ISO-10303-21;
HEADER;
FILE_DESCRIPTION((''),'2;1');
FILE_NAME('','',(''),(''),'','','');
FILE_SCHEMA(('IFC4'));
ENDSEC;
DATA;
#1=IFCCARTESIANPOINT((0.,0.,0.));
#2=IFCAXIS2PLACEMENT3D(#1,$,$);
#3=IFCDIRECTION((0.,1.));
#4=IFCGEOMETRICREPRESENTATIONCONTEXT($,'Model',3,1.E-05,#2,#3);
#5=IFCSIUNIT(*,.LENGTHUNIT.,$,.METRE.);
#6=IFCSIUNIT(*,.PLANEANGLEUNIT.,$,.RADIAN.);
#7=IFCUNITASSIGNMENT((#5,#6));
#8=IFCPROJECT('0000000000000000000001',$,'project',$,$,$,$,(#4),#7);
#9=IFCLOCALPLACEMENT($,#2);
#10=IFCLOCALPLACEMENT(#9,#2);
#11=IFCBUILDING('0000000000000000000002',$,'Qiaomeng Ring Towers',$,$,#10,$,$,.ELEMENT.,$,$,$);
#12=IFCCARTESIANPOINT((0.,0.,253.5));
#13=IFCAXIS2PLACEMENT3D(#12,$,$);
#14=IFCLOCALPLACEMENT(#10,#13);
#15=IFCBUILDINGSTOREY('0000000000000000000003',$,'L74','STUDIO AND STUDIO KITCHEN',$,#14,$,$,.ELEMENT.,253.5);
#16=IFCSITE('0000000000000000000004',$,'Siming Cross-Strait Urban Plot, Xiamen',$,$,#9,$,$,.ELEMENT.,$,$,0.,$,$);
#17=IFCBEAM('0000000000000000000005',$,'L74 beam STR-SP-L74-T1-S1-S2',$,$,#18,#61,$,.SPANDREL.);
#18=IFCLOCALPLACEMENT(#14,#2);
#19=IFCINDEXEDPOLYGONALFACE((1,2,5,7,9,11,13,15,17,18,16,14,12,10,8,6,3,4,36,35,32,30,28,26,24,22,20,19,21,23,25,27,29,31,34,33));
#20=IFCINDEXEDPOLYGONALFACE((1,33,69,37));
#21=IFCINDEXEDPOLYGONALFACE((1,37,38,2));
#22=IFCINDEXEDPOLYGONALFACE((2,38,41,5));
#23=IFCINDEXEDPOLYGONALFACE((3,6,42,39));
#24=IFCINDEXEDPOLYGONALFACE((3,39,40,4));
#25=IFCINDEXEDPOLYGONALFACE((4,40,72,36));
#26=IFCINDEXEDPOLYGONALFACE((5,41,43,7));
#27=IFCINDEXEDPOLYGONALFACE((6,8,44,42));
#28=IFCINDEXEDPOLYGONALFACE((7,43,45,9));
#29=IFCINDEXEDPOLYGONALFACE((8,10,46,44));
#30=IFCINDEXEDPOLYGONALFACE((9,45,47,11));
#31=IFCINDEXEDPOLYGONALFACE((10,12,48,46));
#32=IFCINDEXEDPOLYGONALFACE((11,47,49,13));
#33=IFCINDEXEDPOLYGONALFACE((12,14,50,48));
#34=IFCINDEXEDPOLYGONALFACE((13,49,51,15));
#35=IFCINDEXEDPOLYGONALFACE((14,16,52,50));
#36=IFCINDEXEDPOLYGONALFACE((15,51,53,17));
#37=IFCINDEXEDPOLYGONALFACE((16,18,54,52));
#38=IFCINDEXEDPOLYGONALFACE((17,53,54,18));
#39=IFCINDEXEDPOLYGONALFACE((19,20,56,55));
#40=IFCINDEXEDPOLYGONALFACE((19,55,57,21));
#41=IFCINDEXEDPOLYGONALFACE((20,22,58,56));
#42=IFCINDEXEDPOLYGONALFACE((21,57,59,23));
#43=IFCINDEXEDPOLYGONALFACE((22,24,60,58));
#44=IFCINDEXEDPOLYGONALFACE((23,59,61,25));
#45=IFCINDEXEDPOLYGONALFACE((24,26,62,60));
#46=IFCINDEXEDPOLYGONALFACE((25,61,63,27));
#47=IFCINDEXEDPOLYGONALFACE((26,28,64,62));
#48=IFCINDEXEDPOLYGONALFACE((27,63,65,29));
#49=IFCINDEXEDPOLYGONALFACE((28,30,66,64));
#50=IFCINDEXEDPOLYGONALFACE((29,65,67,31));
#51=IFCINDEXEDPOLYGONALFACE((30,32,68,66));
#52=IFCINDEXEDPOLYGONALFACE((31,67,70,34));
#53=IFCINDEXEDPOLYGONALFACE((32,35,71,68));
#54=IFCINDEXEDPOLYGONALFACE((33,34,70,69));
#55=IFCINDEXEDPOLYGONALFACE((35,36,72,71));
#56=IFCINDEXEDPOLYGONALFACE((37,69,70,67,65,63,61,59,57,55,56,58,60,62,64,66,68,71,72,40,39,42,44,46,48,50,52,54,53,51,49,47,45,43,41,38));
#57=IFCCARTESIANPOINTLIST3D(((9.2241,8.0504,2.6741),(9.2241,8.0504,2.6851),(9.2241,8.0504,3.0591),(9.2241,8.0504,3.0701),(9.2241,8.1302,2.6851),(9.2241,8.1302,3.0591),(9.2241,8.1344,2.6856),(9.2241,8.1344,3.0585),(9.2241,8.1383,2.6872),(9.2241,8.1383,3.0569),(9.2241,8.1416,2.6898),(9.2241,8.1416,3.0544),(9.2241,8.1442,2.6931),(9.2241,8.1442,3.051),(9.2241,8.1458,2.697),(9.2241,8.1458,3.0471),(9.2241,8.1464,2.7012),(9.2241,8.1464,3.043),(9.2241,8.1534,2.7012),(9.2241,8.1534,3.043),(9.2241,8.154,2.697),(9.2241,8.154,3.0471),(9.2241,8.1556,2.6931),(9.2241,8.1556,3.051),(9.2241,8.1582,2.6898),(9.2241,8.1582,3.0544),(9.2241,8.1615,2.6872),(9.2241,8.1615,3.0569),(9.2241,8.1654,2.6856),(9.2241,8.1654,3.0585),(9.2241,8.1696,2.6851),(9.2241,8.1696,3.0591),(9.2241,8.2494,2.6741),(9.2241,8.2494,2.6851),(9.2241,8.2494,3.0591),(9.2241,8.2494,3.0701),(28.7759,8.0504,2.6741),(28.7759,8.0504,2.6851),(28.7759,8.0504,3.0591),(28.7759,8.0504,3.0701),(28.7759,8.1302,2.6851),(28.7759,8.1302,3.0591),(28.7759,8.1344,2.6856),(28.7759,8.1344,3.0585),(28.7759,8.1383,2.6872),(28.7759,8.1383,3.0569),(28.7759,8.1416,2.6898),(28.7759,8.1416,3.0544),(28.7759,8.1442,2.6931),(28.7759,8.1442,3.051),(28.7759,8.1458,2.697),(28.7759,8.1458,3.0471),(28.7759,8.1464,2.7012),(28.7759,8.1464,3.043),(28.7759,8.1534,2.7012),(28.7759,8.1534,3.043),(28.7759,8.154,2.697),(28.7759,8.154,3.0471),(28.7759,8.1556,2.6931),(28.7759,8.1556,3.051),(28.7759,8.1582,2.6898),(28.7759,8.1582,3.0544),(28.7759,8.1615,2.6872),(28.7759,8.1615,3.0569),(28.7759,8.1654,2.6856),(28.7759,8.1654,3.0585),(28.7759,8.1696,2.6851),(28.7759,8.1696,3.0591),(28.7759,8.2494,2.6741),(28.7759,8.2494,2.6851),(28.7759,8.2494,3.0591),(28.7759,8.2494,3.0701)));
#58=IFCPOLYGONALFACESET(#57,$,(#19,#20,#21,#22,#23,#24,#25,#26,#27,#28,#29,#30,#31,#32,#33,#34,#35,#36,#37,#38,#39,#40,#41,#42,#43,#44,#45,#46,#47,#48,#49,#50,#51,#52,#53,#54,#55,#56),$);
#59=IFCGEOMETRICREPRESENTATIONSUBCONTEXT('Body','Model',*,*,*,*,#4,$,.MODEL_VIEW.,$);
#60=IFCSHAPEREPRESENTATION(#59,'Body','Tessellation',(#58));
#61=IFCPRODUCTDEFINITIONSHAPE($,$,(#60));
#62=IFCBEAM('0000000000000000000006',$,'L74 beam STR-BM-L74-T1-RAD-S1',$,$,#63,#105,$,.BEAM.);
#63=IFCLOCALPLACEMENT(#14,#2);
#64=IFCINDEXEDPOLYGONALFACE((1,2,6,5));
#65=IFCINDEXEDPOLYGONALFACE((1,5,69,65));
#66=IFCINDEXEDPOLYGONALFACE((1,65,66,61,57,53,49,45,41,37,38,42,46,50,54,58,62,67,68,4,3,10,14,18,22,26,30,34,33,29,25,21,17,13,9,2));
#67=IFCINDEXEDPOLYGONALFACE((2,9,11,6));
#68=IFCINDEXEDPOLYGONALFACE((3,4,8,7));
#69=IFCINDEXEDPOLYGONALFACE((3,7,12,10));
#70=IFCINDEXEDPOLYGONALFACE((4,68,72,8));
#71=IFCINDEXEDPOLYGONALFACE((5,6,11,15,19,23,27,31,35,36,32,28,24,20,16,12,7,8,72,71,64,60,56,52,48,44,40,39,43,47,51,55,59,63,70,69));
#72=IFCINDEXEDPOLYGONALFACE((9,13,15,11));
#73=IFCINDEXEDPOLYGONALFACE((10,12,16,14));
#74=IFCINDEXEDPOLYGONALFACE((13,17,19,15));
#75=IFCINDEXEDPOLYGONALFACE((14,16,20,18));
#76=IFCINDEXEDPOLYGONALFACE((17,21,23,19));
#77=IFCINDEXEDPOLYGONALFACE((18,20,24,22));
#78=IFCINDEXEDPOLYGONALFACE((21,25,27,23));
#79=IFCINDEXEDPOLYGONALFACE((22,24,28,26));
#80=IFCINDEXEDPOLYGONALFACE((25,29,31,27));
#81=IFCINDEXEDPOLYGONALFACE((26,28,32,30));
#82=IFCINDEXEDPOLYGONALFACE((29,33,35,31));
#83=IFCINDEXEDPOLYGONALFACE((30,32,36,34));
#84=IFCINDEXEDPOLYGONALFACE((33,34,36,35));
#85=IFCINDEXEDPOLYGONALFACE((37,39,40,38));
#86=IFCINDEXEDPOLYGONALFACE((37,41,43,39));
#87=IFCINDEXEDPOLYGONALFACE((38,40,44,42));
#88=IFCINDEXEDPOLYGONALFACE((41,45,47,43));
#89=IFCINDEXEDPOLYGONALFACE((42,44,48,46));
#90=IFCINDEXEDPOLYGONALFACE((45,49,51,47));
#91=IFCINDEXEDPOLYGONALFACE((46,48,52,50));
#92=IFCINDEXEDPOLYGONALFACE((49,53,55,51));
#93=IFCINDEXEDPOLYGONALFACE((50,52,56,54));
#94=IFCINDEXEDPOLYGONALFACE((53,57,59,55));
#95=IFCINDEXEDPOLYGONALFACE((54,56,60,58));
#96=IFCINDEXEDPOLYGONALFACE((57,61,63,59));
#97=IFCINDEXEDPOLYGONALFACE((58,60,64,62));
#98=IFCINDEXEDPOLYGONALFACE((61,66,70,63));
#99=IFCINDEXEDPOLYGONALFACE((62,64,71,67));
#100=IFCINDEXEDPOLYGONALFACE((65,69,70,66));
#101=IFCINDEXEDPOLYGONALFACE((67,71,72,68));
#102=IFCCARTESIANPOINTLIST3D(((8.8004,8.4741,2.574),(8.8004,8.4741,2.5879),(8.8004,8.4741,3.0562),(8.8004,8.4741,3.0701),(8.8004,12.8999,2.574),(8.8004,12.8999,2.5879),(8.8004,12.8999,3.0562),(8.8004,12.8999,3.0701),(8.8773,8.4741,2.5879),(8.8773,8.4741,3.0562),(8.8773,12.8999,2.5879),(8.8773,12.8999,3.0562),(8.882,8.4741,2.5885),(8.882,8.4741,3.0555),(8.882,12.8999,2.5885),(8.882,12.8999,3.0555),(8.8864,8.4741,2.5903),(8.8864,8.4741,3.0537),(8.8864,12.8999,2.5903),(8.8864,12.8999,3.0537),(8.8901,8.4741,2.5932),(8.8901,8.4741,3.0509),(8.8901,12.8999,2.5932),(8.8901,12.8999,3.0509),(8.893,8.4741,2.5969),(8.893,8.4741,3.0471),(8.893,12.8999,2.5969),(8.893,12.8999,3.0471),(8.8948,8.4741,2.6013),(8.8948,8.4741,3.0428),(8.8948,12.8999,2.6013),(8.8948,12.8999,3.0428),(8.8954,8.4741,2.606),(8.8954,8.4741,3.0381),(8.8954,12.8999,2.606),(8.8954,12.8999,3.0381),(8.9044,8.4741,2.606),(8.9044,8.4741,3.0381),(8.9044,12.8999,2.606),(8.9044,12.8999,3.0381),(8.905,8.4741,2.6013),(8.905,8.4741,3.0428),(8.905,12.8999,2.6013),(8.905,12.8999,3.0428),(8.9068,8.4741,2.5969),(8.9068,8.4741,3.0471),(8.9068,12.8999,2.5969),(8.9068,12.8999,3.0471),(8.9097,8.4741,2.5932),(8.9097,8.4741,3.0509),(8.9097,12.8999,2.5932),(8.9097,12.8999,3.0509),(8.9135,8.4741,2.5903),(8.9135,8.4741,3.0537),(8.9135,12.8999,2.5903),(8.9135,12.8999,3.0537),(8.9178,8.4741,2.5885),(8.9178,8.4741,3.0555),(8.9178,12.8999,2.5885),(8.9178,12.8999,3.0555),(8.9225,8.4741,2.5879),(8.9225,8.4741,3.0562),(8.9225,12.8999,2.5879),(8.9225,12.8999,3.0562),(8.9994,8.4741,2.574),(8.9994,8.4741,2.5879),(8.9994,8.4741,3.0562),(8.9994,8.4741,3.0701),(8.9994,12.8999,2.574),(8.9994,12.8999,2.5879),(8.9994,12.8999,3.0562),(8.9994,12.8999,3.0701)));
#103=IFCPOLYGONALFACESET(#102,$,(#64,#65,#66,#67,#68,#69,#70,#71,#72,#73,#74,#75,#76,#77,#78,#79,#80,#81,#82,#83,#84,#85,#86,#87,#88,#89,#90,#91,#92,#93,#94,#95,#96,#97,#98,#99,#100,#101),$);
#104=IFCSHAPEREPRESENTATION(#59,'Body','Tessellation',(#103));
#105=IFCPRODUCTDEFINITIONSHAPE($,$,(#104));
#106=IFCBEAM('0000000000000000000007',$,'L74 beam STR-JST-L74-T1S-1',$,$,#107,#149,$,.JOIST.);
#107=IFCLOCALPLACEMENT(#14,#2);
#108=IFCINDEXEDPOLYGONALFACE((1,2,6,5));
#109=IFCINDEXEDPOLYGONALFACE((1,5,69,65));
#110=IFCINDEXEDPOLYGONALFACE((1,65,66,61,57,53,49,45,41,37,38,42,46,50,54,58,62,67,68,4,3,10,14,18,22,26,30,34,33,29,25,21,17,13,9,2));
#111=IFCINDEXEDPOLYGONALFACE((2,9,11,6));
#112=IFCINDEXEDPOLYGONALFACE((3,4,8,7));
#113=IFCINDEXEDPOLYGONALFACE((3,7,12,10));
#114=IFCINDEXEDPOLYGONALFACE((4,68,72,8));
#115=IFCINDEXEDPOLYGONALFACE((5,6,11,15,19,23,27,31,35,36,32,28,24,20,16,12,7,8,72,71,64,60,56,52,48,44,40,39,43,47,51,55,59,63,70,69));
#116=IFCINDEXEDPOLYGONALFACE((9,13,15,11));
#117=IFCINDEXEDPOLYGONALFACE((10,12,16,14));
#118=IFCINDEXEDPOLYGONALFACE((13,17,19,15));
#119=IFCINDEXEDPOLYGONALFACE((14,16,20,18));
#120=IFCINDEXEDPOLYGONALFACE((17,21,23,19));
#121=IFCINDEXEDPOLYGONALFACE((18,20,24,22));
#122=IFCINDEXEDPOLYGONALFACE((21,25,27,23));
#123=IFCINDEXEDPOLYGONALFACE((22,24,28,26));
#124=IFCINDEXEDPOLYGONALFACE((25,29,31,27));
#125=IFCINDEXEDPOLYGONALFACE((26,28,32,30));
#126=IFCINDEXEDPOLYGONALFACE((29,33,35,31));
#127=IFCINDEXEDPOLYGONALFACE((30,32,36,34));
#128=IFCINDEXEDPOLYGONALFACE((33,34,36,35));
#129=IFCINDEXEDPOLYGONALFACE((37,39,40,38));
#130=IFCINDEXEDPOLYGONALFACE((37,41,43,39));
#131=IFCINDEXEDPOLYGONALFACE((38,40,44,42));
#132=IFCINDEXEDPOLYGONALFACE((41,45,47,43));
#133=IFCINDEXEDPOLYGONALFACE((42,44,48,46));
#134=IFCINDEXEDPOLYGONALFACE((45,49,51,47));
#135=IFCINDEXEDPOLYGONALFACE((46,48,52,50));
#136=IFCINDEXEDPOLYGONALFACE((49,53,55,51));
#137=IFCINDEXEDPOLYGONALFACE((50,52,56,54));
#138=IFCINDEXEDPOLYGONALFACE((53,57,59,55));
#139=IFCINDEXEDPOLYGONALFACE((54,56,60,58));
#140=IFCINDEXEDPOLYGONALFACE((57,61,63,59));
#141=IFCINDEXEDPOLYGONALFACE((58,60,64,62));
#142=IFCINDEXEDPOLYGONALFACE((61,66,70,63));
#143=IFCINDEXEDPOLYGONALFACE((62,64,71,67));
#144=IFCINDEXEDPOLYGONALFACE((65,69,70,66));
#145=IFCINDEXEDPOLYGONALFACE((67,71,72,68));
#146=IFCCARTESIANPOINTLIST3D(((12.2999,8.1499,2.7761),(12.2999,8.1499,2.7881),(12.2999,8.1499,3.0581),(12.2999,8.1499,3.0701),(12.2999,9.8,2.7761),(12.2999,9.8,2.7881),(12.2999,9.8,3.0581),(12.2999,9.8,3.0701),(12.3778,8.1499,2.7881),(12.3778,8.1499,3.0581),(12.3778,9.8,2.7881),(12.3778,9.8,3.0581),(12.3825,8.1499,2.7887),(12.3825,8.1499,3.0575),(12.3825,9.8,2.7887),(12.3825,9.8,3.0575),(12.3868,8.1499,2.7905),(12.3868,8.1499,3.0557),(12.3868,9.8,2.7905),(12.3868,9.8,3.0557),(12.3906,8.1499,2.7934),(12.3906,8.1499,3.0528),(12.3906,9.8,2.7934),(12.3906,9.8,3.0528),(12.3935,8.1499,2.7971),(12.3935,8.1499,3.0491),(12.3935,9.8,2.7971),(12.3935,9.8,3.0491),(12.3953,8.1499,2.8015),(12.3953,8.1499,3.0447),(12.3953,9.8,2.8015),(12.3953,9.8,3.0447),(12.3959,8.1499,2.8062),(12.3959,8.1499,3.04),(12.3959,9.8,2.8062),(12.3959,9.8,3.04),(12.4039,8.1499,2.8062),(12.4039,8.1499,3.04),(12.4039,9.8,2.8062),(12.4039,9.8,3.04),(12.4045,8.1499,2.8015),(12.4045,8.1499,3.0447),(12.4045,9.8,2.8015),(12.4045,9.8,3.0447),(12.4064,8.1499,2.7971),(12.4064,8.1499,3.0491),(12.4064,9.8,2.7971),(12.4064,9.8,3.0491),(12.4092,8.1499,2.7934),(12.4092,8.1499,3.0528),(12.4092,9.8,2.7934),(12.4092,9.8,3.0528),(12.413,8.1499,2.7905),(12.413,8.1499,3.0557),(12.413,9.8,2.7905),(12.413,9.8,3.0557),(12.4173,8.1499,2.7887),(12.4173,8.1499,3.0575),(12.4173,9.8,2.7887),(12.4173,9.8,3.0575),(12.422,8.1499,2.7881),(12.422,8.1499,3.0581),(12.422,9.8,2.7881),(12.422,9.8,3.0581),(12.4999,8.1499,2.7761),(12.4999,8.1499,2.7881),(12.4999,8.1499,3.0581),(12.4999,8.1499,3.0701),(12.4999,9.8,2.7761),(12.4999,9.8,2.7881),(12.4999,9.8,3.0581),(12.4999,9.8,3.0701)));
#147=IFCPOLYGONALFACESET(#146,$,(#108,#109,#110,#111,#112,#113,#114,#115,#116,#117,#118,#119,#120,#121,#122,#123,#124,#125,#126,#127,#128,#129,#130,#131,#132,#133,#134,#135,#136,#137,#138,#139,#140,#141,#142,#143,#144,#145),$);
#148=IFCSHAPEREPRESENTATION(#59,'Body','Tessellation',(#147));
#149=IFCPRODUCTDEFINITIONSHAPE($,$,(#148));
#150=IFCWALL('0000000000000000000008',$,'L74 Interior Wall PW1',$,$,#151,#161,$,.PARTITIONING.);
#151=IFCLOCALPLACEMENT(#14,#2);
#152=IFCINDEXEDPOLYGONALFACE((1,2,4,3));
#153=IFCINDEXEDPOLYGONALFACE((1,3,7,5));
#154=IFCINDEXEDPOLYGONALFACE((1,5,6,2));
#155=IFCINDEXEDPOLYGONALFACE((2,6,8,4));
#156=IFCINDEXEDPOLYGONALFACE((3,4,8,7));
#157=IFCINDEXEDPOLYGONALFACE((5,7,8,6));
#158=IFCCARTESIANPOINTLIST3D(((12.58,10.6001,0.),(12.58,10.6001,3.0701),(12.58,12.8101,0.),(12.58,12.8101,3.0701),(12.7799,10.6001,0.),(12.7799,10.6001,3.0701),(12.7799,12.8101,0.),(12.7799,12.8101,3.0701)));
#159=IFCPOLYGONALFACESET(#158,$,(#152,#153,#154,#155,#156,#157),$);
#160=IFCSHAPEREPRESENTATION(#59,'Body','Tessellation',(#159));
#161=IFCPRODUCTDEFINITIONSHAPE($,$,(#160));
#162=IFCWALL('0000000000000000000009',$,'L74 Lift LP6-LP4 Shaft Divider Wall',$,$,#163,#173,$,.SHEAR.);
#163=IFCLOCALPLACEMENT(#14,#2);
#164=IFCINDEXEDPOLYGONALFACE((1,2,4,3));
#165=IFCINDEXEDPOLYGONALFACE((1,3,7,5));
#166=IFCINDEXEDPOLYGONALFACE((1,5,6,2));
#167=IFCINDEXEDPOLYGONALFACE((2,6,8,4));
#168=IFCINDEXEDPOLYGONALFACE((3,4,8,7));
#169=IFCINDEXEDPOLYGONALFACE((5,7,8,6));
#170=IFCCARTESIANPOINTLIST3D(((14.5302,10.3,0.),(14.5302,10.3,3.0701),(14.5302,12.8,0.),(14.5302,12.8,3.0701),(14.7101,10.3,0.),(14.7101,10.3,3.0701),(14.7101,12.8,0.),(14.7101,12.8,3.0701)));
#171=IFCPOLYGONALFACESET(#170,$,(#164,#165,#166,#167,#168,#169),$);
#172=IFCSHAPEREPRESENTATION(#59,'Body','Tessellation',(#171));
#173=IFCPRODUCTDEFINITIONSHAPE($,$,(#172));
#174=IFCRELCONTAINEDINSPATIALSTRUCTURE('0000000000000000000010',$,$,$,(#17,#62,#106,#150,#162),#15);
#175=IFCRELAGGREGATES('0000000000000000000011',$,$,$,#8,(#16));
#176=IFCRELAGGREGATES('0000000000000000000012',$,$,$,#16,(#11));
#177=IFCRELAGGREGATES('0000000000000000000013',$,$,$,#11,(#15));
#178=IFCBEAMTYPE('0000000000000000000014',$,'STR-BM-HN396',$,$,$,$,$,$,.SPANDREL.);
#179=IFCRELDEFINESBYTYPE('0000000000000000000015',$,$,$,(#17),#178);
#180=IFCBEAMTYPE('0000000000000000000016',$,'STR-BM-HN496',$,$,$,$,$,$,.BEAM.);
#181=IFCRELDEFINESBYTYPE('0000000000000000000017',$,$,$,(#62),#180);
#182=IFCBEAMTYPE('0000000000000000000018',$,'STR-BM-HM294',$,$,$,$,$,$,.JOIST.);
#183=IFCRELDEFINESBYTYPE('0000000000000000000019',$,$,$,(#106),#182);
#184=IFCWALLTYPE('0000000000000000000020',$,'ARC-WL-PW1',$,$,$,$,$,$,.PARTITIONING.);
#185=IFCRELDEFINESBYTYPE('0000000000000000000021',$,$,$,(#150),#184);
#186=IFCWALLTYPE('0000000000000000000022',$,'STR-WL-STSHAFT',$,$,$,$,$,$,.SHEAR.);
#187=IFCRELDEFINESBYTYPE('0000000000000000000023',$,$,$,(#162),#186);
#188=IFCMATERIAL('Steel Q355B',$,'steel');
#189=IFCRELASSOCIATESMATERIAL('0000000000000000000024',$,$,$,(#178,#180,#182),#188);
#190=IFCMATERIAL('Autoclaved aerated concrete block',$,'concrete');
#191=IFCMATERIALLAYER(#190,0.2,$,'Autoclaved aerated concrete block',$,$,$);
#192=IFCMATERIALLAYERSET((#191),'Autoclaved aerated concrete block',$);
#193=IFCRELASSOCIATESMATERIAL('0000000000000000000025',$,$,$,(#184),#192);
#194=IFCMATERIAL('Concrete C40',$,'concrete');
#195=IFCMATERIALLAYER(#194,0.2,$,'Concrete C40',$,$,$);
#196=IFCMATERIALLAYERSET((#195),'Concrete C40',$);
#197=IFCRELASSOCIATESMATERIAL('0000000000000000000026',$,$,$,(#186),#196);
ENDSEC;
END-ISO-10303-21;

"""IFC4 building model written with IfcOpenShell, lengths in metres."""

from ifc_helpers import new_model, si_unit, direction, frame, frame_2d, origin, origin_2d, place, context, subcontext, project, spatial, rectangle, i_section, extrude, source, transform, mapped, material, layer, layer_set, material_profile, profile_set, type_object, element, save


model = new_model("IFC4")

# Units and contexts
model_context = context("Model", 3, precision=1e-05, world=origin(), true_north=direction((0.0, 1.0)))
body_context = subcontext(model_context, "Body", "Model", "MODEL_VIEW")
ifc_project = project(units=[si_unit("LENGTHUNIT", "METRE"), si_unit("PLANEANGLEUNIT", "RADIAN")], contexts=[model_context])

# Site, building, storey
site_placement = place(None, origin())
site = spatial("IfcSite", under=ifc_project, at=site_placement, Name="Siming Cross-Strait Urban Plot, Xiamen", CompositionType="ELEMENT", RefElevation=0.0)
building_placement = place(site_placement, origin())
building = spatial("IfcBuilding", under=site, at=building_placement, Name="Qiaomeng Ring Towers", CompositionType="ELEMENT")
storey_placement = place(building_placement, frame((0.0, 0.0, 253.5)))
storey = spatial("IfcBuildingStorey", under=building, at=storey_placement, Name="L74", Description="STUDIO AND STUDIO KITCHEN", CompositionType="ELEMENT", Elevation=253.5)

# Beams
ifc_material_1 = material(Name="Steel Q355B", Category="steel")
ifc_material_profile_1 = material_profile(ifc_material_1, i_section(OverallWidth=0.199, OverallDepth=0.396, WebThickness=0.0071, FlangeThickness=0.011, FilletRadius=0.0161, at=origin_2d()), Name="HN 396x199x7x11")
ifc_profile_set_1 = profile_set([ifc_material_profile_1], Name="Steel Q355B")
beam_type_1 = type_object("IfcBeamType", Name="STR-BM-HN396", PredefinedType="SPANDREL", material=ifc_profile_set_1)
shared_shape_1 = source(origin(), body_context, "Body", "SweptSolid", [
    extrude(i_section(OverallWidth=0.199, OverallDepth=0.396, WebThickness=0.0071, FlangeThickness=0.011, FilletRadius=0.0161, at=origin_2d()), origin(), (0.0, 0.0, 1.0), 19.5518),
])
beam_1_placement = place(storey_placement, frame((9.2241, 8.1499, 2.8721), z_axis=(1.0, 0.0, 0.0), x_axis=(0.0, 1.0, 0.0)))
element("IfcBeam", 1, at=beam_1_placement, inside=storey, type_object=beam_type_1, Name="L74 beam STR-SP-L74-T1-S1-S2", PredefinedType="SPANDREL", context=body_context, shape_type="MappedRepresentation", body=[
    mapped(shared_shape_1, transform((0.0, 0.0, 0.0), x_axis=(1.0, 0.0, 0.0), y_axis=(0.0, 1.0, 0.0), z_axis=(0.0, 0.0, 1.0), scale=1.0)),
])
ifc_material_profile_2 = material_profile(ifc_material_1, i_section(OverallWidth=0.199, OverallDepth=0.4961, WebThickness=0.009, FlangeThickness=0.0139, FilletRadius=0.0181, at=origin_2d()), Name="HN 496x199x9x14")
ifc_profile_set_2 = profile_set([ifc_material_profile_2], Name="Steel Q355B")
beam_type_2 = type_object("IfcBeamType", Name="STR-BM-HN496", PredefinedType="BEAM", material=ifc_profile_set_2)
shared_shape_2 = source(origin(), body_context, "Body", "SweptSolid", [
    extrude(i_section(OverallWidth=0.199, OverallDepth=0.4961, WebThickness=0.009, FlangeThickness=0.0139, FilletRadius=0.0181, at=origin_2d()), origin(), (0.0, 0.0, 1.0), 4.4258),
])
beam_2_placement = place(storey_placement, frame((8.8999, 8.4741, 2.822), z_axis=(0.0, 1.0, 0.0), x_axis=(-1.0, 0.0, 0.0)))
element("IfcBeam", 2, at=beam_2_placement, inside=storey, type_object=beam_type_2, Name="L74 beam STR-BM-L74-T1-RAD-S1", PredefinedType="BEAM", context=body_context, shape_type="MappedRepresentation", body=[
    mapped(shared_shape_2, transform((0.0, 0.0, 0.0), x_axis=(1.0, 0.0, 0.0), y_axis=(0.0, 1.0, 0.0), z_axis=(0.0, 0.0, 1.0), scale=1.0)),
])
ifc_material_profile_3 = material_profile(ifc_material_1, i_section(OverallWidth=0.2, OverallDepth=0.2939, WebThickness=0.0081, FlangeThickness=0.012, FilletRadius=0.0181, at=origin_2d()), Name="HM 294x200x8x12")
ifc_profile_set_3 = profile_set([ifc_material_profile_3], Name="Steel Q355B")
beam_type_3 = type_object("IfcBeamType", Name="STR-BM-HM294", PredefinedType="JOIST", material=ifc_profile_set_3)
shared_shape_3 = source(origin(), body_context, "Body", "SweptSolid", [
    extrude(i_section(OverallWidth=0.2, OverallDepth=0.2939, WebThickness=0.0081, FlangeThickness=0.012, FilletRadius=0.0181, at=origin_2d()), origin(), (0.0, 0.0, 1.0), 1.6501),
])
beam_3_placement = place(storey_placement, frame((12.3999, 8.1499, 2.9231), z_axis=(0.0, 1.0, 0.0), x_axis=(-1.0, 0.0, 0.0)))
element("IfcBeam", 3, at=beam_3_placement, inside=storey, type_object=beam_type_3, Name="L74 beam STR-JST-L74-T1S-1", PredefinedType="JOIST", context=body_context, shape_type="MappedRepresentation", body=[
    mapped(shared_shape_3, transform((0.0, 0.0, 0.0), x_axis=(1.0, 0.0, 0.0), y_axis=(0.0, 1.0, 0.0), z_axis=(0.0, 0.0, 1.0), scale=1.0)),
])

# Walls
ifc_material_2 = material(Name="Autoclaved aerated concrete block", Category="concrete")
ifc_layer_1 = layer(ifc_material_2, 0.2, Name="Autoclaved aerated concrete block")
ifc_layer_set_1 = layer_set([ifc_layer_1], Name="Autoclaved aerated concrete block")
wall_type_1 = type_object("IfcWallType", Name="ARC-WL-PW1", PredefinedType="PARTITIONING", material=ifc_layer_set_1)
wall_1_placement = place(storey_placement, frame((12.6799, 10.6001, 0.0), z_axis=(0.0, 0.0, 1.0), x_axis=(0.0, 1.0, 0.0)))
element("IfcWall", 4, at=wall_1_placement, inside=storey, type_object=wall_type_1, Name="L74 Interior Wall PW1", PredefinedType="PARTITIONING", context=body_context, shape_type="SweptSolid", body=[
    extrude(rectangle(XDim=2.21, YDim=0.2, at=frame_2d((1.105, 0.0))), origin(), (0.0, 0.0, 1.0), 3.0701),
])
ifc_material_3 = material(Name="Concrete C40", Category="concrete")
ifc_layer_2 = layer(ifc_material_3, 0.2, Name="Concrete C40")
ifc_layer_set_2 = layer_set([ifc_layer_2], Name="Concrete C40")
wall_type_2 = type_object("IfcWallType", Name="STR-WL-STSHAFT", PredefinedType="SHEAR", material=ifc_layer_set_2)
wall_2_placement = place(storey_placement, frame((14.6201, 10.3, 0.0), z_axis=(0.0, 0.0, 1.0), x_axis=(0.0, 1.0, 0.0)))
element("IfcWall", 5, at=wall_2_placement, inside=storey, type_object=wall_type_2, Name="L74 Lift LP6-LP4 Shaft Divider Wall", PredefinedType="SHEAR", context=body_context, shape_type="SweptSolid", body=[
    extrude(rectangle(XDim=2.5, YDim=0.1799, at=frame_2d((1.25, 0.0))), origin(), (0.0, 0.0, 1.0), 3.0701),
])

save(model, "model.ifc")
